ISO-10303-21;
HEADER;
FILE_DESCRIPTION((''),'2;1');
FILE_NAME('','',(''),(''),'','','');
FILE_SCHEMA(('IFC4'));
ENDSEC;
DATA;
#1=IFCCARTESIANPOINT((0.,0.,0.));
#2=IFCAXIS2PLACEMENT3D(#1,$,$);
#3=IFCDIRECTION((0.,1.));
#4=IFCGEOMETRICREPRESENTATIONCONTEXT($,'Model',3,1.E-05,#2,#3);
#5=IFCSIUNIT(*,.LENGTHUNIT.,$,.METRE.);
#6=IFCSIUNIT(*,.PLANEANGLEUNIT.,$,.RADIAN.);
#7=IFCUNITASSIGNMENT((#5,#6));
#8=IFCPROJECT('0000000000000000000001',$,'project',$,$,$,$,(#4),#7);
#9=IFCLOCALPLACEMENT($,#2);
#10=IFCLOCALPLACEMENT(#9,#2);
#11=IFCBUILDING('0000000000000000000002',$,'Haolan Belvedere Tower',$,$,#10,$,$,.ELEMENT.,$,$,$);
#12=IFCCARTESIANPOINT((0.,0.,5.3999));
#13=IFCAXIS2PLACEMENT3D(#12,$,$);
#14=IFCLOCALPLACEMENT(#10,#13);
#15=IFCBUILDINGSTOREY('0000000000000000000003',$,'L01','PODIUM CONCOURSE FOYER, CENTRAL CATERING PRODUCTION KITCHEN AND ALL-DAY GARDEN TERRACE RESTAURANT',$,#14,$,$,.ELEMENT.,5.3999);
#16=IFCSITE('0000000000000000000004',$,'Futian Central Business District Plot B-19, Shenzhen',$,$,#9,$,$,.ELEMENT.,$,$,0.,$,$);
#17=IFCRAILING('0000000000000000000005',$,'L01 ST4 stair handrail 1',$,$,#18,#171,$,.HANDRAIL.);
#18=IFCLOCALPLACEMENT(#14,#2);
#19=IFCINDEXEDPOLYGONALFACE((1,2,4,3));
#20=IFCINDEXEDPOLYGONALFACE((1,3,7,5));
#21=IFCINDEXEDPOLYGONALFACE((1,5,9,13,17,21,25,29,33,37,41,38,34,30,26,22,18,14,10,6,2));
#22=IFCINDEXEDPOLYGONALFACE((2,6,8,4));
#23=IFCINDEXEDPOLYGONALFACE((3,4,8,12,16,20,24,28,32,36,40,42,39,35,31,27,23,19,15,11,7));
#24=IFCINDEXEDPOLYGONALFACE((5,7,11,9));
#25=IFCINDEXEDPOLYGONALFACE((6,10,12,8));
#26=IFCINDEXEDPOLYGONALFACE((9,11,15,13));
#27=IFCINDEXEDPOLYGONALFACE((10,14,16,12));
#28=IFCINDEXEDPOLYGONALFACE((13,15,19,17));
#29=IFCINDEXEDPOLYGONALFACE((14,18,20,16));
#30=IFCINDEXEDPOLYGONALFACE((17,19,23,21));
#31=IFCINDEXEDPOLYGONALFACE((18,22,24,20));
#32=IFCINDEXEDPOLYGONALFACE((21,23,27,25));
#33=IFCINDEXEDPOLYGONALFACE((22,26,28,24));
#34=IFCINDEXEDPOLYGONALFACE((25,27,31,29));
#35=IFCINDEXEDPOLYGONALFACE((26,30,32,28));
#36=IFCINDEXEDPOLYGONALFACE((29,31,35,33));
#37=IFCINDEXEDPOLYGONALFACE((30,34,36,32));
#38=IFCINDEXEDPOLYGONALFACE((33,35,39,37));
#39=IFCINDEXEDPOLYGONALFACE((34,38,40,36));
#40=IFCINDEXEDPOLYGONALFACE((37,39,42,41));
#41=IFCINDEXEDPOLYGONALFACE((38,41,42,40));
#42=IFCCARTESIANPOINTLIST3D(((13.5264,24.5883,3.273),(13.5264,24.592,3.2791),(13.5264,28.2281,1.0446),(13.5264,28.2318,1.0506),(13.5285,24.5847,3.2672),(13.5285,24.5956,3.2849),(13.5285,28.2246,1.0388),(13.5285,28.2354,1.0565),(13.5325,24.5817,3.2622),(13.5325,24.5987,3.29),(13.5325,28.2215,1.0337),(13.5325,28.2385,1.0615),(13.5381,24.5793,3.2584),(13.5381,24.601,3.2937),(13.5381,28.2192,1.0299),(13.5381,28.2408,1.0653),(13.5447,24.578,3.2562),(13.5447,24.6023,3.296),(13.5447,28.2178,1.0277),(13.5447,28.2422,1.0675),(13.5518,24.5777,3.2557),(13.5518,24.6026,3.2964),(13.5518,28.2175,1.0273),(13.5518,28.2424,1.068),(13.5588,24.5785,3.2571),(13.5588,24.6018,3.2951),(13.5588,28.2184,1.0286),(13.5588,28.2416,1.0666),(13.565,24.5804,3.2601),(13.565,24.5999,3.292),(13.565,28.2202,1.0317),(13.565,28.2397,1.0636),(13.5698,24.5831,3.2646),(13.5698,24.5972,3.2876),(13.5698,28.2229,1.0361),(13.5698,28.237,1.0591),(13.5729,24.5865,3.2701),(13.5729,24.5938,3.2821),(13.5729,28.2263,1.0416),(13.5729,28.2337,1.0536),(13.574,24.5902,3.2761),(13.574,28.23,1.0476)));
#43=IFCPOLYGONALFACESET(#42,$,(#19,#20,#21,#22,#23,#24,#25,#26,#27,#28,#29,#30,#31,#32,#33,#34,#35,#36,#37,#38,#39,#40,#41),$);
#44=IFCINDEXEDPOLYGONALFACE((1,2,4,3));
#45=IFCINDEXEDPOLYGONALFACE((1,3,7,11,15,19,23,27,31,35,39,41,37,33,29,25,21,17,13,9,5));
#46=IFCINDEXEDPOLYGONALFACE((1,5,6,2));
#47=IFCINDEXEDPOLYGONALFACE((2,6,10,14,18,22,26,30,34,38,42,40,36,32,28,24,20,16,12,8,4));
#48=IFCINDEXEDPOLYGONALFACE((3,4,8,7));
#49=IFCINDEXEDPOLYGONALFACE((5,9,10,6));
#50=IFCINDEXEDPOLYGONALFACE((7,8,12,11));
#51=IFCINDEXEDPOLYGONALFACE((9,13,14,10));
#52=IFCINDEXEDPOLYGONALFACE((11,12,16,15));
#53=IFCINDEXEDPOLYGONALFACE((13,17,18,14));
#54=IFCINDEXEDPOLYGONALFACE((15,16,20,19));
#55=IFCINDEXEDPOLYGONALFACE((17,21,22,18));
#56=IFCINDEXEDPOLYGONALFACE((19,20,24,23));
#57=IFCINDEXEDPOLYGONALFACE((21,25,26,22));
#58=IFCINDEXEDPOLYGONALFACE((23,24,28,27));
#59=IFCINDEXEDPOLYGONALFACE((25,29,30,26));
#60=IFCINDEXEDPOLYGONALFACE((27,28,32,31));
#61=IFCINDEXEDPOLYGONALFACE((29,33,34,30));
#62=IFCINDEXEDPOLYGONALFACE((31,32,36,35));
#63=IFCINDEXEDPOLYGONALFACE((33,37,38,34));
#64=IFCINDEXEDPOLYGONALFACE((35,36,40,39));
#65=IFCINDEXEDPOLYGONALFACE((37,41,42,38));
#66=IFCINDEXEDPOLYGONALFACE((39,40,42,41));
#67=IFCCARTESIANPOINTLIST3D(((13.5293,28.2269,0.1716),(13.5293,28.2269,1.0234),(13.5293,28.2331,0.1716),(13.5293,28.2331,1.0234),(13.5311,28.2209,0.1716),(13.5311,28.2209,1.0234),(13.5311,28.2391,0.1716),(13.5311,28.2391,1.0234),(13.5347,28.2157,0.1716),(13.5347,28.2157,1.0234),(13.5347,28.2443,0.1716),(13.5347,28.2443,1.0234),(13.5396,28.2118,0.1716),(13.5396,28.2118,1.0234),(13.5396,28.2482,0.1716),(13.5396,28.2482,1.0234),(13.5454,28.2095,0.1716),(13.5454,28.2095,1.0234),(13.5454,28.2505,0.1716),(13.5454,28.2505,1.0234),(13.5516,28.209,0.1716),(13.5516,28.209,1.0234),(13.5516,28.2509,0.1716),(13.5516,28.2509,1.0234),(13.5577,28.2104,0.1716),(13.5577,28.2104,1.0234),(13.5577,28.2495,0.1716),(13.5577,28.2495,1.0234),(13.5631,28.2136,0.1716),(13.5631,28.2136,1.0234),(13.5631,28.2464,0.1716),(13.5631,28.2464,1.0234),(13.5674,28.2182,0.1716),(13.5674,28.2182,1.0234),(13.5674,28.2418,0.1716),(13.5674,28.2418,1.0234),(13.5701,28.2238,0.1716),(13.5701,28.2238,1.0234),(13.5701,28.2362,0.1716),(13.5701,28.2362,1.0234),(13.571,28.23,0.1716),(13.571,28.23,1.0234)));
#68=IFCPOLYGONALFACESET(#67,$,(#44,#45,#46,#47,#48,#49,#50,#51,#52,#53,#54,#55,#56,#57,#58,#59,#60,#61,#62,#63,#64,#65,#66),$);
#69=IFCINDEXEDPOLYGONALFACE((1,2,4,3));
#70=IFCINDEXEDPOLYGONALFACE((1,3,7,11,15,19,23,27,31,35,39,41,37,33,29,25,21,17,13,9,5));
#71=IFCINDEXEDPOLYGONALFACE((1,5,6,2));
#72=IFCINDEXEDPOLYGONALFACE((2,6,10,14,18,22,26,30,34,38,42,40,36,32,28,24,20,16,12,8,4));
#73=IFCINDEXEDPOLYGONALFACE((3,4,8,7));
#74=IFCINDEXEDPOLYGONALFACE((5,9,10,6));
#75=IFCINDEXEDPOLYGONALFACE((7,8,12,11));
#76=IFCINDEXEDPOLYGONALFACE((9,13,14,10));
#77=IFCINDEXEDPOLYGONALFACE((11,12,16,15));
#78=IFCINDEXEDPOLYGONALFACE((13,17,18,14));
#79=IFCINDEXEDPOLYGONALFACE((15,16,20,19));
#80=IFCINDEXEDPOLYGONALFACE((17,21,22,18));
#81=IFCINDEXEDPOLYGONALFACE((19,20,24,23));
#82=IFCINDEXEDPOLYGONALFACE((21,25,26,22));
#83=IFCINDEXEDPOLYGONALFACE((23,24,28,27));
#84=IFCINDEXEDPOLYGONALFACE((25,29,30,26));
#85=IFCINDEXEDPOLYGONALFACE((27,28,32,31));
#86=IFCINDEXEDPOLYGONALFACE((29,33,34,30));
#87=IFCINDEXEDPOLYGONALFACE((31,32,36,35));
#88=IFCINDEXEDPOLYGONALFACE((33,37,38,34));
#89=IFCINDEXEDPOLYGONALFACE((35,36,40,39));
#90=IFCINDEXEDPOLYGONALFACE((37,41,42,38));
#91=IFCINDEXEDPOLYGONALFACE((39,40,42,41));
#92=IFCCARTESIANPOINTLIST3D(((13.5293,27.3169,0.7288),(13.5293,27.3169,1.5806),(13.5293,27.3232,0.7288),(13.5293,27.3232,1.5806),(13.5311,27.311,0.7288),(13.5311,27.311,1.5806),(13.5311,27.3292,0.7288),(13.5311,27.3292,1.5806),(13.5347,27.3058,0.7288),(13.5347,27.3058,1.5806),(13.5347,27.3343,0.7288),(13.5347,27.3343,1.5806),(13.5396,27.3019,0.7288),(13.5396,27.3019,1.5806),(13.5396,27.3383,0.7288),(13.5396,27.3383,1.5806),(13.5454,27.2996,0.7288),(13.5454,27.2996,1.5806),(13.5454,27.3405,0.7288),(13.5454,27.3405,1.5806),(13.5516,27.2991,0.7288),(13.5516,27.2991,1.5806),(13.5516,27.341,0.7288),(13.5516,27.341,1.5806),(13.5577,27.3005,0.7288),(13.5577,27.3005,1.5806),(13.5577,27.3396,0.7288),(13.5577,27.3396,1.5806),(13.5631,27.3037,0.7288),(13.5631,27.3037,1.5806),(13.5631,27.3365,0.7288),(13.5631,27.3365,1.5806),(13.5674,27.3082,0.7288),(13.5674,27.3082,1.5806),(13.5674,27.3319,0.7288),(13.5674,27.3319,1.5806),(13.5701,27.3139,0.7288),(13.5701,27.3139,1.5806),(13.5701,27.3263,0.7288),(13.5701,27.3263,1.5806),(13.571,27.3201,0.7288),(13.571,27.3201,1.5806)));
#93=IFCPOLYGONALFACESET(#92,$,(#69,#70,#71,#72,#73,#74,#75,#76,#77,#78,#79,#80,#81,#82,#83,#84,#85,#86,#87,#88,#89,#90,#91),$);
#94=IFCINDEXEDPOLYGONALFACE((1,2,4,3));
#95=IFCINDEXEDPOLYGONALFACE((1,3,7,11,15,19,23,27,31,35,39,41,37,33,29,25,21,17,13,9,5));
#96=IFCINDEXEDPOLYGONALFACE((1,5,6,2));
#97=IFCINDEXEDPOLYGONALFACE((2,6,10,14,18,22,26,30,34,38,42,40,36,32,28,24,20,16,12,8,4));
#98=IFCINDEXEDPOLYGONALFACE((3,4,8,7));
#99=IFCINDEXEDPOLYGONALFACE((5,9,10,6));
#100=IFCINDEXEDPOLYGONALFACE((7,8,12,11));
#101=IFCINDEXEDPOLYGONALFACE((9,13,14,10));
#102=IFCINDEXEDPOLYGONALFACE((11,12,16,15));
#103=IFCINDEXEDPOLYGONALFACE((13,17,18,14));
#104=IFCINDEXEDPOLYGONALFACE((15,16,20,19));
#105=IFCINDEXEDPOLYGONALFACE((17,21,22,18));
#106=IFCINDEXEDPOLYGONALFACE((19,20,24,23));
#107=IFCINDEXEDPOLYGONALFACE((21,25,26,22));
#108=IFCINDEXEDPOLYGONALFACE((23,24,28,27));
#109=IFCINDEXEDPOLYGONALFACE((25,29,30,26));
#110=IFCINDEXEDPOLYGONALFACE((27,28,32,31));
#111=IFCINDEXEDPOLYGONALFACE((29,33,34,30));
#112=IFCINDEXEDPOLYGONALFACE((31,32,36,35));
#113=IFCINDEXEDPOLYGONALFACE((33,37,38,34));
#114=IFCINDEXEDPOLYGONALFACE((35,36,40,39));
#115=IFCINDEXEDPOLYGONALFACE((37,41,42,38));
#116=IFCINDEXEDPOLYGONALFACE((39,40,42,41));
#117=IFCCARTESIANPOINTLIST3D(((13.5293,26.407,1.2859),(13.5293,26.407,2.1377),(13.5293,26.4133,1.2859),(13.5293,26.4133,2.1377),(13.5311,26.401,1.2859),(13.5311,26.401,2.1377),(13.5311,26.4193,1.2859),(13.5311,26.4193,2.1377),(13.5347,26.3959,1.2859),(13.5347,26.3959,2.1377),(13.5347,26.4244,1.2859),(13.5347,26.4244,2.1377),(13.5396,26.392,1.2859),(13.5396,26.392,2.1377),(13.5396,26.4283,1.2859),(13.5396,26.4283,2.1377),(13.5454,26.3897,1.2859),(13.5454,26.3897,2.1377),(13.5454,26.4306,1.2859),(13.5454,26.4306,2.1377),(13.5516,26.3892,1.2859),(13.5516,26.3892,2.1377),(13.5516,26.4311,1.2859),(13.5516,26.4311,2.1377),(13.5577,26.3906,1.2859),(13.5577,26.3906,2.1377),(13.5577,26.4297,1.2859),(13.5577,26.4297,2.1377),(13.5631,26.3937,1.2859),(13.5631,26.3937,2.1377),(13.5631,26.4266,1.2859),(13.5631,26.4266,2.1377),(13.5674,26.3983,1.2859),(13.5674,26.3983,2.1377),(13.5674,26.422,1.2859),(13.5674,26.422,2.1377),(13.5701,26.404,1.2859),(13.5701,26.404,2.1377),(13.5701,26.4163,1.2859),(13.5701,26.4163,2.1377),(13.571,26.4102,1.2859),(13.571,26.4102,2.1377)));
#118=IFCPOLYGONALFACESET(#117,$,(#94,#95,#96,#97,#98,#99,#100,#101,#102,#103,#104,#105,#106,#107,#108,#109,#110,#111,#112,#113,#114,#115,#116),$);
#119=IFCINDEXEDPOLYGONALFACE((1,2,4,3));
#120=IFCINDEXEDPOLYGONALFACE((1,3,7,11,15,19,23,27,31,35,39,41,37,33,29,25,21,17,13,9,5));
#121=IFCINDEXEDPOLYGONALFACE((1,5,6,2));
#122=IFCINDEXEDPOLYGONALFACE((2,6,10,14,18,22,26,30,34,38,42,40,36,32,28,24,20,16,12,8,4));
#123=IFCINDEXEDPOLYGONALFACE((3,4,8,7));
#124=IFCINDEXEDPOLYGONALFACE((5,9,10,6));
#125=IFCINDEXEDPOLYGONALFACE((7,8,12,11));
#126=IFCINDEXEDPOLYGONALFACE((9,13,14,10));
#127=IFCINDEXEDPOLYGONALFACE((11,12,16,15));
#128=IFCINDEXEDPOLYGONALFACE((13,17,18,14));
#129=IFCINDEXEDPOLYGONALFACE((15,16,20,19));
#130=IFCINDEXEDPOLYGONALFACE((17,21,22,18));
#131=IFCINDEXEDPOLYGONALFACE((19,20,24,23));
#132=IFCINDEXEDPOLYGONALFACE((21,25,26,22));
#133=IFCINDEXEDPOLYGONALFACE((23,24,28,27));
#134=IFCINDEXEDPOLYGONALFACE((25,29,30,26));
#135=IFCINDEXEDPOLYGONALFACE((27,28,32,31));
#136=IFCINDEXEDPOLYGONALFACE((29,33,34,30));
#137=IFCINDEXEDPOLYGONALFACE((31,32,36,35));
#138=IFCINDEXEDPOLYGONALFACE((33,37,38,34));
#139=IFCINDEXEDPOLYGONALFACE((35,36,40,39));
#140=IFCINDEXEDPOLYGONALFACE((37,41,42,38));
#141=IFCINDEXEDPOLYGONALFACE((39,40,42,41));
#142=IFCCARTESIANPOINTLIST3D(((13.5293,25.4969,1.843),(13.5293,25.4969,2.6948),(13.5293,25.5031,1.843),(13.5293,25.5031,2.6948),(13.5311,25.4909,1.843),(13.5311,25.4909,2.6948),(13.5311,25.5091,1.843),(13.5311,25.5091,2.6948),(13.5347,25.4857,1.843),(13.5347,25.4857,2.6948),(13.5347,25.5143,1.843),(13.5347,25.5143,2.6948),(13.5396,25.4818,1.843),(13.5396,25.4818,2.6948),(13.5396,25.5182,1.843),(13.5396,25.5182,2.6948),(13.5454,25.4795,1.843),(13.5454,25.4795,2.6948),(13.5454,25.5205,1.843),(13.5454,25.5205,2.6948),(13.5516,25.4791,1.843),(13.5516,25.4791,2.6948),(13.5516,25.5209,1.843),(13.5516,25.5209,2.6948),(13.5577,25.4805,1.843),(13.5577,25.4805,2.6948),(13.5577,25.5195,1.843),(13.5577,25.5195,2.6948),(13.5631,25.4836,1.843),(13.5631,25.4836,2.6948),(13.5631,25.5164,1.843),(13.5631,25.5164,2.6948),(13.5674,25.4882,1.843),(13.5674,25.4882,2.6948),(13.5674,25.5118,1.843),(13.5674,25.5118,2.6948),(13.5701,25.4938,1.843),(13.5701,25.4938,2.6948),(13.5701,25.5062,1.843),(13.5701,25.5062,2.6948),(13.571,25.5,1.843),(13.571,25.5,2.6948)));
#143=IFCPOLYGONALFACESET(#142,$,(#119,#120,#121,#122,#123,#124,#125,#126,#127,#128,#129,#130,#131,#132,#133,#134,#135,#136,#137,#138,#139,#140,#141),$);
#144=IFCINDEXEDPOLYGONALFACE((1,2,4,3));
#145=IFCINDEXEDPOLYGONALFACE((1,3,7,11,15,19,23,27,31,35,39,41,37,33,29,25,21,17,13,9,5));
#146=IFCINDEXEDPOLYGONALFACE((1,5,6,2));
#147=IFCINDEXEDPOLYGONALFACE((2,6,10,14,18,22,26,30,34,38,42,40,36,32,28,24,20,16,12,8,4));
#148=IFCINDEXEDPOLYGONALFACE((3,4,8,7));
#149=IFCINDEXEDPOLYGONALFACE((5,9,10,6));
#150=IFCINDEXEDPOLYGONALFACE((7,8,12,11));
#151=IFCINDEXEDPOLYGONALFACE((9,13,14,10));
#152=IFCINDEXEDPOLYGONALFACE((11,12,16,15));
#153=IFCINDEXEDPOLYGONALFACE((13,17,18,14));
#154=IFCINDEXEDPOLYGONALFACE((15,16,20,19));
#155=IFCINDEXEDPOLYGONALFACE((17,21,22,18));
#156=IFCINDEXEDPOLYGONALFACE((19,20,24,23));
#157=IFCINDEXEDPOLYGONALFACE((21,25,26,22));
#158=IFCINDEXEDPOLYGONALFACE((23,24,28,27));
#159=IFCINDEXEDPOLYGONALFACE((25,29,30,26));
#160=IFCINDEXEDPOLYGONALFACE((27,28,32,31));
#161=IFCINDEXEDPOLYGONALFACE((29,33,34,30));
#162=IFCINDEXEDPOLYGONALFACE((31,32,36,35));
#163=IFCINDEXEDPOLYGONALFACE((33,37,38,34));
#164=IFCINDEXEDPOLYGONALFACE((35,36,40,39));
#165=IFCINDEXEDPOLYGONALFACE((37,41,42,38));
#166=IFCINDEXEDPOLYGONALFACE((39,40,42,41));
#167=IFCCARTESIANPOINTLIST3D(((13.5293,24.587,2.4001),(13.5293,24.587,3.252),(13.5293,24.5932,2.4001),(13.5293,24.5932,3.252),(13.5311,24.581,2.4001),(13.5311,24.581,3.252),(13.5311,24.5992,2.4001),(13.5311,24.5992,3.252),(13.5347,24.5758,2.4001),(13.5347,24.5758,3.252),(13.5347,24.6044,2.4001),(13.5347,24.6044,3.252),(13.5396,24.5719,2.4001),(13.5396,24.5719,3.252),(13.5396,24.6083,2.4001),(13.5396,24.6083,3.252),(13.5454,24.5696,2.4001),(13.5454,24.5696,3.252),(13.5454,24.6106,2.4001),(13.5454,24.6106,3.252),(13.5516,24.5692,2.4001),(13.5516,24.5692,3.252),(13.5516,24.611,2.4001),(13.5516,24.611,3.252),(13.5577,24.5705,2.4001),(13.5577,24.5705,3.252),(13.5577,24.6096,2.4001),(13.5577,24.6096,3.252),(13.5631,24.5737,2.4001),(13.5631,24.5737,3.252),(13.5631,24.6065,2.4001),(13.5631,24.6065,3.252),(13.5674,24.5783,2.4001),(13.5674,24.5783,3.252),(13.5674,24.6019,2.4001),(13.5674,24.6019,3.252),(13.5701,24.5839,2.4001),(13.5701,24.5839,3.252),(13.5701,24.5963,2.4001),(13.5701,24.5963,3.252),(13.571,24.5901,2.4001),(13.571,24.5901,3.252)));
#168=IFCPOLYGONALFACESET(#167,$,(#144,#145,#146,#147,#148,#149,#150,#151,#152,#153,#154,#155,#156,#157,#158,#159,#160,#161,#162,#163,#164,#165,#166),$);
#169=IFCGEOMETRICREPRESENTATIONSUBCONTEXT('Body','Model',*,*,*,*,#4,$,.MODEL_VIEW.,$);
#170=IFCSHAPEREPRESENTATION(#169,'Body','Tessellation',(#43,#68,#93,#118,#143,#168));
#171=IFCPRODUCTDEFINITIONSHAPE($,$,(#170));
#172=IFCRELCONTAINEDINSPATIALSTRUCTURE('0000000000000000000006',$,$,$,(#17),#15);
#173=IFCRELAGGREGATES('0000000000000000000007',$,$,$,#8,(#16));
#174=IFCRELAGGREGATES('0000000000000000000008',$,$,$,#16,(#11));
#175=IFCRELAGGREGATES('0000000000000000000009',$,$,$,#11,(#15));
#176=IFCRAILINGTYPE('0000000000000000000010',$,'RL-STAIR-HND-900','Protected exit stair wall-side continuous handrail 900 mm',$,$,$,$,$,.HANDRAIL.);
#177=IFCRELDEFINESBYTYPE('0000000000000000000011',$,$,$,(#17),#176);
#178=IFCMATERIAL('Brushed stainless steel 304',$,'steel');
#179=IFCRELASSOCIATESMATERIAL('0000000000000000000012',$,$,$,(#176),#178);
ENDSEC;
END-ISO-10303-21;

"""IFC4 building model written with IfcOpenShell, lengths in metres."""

from ifc_helpers import new_model, si_unit, direction, frame, origin, origin_2d, place, context, subcontext, project, spatial, circle, extrude, material, type_object, element, save


model = new_model("IFC4")

# Units and contexts
model_context = context("Model", 3, precision=1e-05, world=origin(), true_north=direction((0.0, 1.0)))
body_context = subcontext(model_context, "Body", "Model", "MODEL_VIEW")
ifc_project = project(units=[si_unit("LENGTHUNIT", "METRE"), si_unit("PLANEANGLEUNIT", "RADIAN")], contexts=[model_context])

# Site, building, storey
site_placement = place(None, origin())
site = spatial("IfcSite", under=ifc_project, at=site_placement, Name="Futian Central Business District Plot B-19, Shenzhen", CompositionType="ELEMENT", RefElevation=0.0)
building_placement = place(site_placement, origin())
building = spatial("IfcBuilding", under=site, at=building_placement, Name="Haolan Belvedere Tower", CompositionType="ELEMENT")
storey_placement = place(building_placement, frame((0.0, 0.0, 5.3999)))
storey = spatial("IfcBuildingStorey", under=building, at=storey_placement, Name="L01", Description="PODIUM CONCOURSE FOYER, CENTRAL CATERING PRODUCTION KITCHEN AND ALL-DAY GARDEN TERRACE RESTAURANT", CompositionType="ELEMENT", Elevation=5.3999)

# Railing
ifc_material_1 = material(Name="Brushed stainless steel 304", Category="steel")
railing_type_1 = type_object("IfcRailingType", Name="RL-STAIR-HND-900", Description="Protected exit stair wall-side continuous handrail 900 mm", PredefinedType="HANDRAIL", material=ifc_material_1)
railing_1_placement = place(storey_placement, frame((13.55, 28.23, 0.1716)))
element("IfcRailing", 1, at=railing_1_placement, inside=storey, type_object=railing_type_1, Name="L01 ST4 stair handrail 1", PredefinedType="HANDRAIL", context=body_context, shape_type="SweptSolid", body=[
    extrude(circle(Radius=0.0239, at=origin_2d()), frame((0.0, 0.0, 0.876), z_axis=(0.0, -0.85285, 0.522156), x_axis=(1.0, 0.0, 0.0)), (0.0, 0.0, 1.0), 4.2678),
    extrude(circle(Radius=0.021, at=origin_2d()), origin(), (0.0, 0.0, 1.0), 0.8518),
    extrude(circle(Radius=0.021, at=origin_2d()), frame((0.0, -0.9099, 0.5571)), (0.0, 0.0, 1.0), 0.8518),
    extrude(circle(Radius=0.021, at=origin_2d()), frame((0.0, -1.8198, 1.1143)), (0.0, 0.0, 1.0), 0.8518),
    extrude(circle(Radius=0.021, at=origin_2d()), frame((0.0, -2.73, 1.6714)), (0.0, 0.0, 1.0), 0.8518),
    extrude(circle(Radius=0.021, at=origin_2d()), frame((0.0, -3.6399, 2.2285)), (0.0, 0.0, 1.0), 0.8518),
])

save(model, "model.ifc")
